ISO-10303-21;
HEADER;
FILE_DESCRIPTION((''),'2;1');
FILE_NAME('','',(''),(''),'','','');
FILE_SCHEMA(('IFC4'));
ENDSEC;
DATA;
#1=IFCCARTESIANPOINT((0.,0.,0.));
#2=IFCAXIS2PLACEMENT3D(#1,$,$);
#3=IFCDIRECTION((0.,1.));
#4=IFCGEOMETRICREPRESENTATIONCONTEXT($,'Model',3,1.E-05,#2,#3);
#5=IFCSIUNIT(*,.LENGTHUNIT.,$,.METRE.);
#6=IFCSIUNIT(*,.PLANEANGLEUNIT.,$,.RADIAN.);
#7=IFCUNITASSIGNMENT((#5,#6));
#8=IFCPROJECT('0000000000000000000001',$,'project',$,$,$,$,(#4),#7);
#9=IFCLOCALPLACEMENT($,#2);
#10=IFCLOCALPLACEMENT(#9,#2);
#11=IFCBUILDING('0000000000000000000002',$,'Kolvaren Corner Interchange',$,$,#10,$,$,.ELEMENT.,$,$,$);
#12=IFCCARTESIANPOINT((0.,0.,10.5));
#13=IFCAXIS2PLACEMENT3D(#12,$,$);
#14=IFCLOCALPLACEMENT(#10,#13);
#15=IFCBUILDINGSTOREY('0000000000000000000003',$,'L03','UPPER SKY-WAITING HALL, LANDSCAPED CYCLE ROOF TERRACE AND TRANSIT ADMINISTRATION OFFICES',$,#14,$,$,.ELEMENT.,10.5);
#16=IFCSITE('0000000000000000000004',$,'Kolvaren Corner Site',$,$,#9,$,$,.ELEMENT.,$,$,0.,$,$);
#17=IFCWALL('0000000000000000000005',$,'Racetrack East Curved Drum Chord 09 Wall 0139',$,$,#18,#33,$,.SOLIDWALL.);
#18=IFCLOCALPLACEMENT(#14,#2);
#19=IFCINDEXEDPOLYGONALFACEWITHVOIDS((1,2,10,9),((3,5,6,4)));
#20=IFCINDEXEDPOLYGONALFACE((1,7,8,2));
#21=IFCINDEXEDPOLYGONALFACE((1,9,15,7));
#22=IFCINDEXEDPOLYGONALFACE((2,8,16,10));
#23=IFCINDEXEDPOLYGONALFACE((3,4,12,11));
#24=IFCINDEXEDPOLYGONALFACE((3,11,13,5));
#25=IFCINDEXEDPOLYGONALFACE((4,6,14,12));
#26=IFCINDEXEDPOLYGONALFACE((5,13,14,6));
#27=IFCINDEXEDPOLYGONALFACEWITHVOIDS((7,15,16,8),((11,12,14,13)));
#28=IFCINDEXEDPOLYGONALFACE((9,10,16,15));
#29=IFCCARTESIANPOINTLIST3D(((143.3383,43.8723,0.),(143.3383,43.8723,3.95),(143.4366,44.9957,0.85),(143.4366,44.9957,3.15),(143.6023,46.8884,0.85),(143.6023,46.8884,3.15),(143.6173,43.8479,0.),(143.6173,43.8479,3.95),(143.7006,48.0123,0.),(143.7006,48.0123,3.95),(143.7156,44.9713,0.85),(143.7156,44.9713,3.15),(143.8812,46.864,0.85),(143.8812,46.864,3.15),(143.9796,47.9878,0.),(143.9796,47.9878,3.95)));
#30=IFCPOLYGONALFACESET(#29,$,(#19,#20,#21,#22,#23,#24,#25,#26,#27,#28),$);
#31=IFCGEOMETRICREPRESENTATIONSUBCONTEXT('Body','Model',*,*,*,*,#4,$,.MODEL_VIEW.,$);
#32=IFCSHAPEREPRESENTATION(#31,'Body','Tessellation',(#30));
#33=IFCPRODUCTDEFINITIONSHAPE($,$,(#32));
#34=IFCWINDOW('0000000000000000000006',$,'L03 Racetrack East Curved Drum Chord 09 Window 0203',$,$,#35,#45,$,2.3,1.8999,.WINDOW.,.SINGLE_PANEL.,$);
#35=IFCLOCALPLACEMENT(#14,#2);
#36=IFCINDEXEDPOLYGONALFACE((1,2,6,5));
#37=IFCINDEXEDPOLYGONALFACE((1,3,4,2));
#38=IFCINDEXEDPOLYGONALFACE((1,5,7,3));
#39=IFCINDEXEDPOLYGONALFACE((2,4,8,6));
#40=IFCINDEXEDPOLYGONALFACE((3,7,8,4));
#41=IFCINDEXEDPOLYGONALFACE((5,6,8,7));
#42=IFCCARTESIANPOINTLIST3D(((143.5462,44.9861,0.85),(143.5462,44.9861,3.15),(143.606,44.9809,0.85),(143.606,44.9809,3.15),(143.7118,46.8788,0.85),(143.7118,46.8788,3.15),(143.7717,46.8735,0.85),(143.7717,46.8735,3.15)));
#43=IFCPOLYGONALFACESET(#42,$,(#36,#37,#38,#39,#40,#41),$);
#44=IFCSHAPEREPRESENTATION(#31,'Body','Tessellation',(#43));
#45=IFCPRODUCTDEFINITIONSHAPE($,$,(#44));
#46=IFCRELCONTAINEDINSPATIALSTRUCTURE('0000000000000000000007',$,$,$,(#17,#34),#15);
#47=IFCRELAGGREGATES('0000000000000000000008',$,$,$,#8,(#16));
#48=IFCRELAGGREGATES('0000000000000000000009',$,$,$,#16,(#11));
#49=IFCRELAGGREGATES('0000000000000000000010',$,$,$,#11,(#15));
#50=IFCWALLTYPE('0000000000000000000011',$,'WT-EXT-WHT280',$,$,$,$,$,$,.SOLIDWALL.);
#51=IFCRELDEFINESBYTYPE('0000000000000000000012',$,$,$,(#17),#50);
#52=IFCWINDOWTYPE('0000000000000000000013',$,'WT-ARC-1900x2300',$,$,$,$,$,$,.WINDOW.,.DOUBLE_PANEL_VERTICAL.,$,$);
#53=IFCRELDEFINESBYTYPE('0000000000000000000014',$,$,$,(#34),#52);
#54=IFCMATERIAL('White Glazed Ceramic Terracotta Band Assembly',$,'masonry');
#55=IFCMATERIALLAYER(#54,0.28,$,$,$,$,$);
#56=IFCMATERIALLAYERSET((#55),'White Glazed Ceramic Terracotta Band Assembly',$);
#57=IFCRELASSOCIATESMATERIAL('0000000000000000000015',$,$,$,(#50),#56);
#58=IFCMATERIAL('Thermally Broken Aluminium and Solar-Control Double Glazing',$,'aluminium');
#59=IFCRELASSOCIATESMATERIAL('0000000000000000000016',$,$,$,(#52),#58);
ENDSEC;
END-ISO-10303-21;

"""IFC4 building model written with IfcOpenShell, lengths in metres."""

from ifc_helpers import new_model, si_unit, direction, frame, frame_2d, origin, place, context, subcontext, project, spatial, rectangle, extrude, material, layer, layer_set, type_object, element, fill, save


model = new_model("IFC4")

# Units and contexts
model_context = context("Model", 3, precision=1e-05, world=origin(), true_north=direction((0.0, 1.0)))
body_context = subcontext(model_context, "Body", "Model", "MODEL_VIEW")
ifc_project = project(units=[si_unit("LENGTHUNIT", "METRE"), si_unit("PLANEANGLEUNIT", "RADIAN")], contexts=[model_context])

# Site, building, storey
site_placement = place(None, origin())
site = spatial("IfcSite", under=ifc_project, at=site_placement, Name="Kolvaren Corner Site", CompositionType="ELEMENT", RefElevation=0.0)
building_placement = place(site_placement, origin())
building = spatial("IfcBuilding", under=site, at=building_placement, Name="Kolvaren Corner Interchange", CompositionType="ELEMENT")
storey_placement = place(building_placement, frame((0.0, 0.0, 10.5)))
storey = spatial("IfcBuildingStorey", under=building, at=storey_placement, Name="L03", Description="UPPER SKY-WAITING HALL, LANDSCAPED CYCLE ROOF TERRACE AND TRANSIT ADMINISTRATION OFFICES", CompositionType="ELEMENT", Elevation=10.5)

# Wall, opening, window
ifc_material_1 = material(Name="White Glazed Ceramic Terracotta Band Assembly", Category="masonry")
ifc_layer_1 = layer(ifc_material_1, 0.28)
ifc_layer_set_1 = layer_set([ifc_layer_1], Name="White Glazed Ceramic Terracotta Band Assembly")
wall_type = type_object("IfcWallType", Name="WT-EXT-WHT280", PredefinedType="SOLIDWALL", material=ifc_layer_set_1)
ifc_material_2 = material(Name="Thermally Broken Aluminium and Solar-Control Double Glazing", Category="aluminium")
window_type = type_object("IfcWindowType", Name="WT-ARC-1900x2300", PartitioningType="DOUBLE_PANEL_VERTICAL", PredefinedType="WINDOW", material=ifc_material_2)
wall_1_placement = place(storey_placement, frame((143.4778, 43.8601, 0.0), z_axis=(0.0, 0.0, 1.0), x_axis=(0.087182, 0.996192, 0.0)))
wall_1 = element("IfcWall", 1, at=wall_1_placement, inside=storey, type_object=wall_type, Name="Racetrack East Curved Drum Chord 09 Wall 0139", PredefinedType="SOLIDWALL", context=body_context, shape_type="SweptSolid", body=[
    extrude(rectangle(XDim=4.1558, YDim=0.28, at=frame_2d((2.0779, 0.0))), origin(), (0.0, 0.0, 1.0), 3.95),
])
opening_1_placement = place(wall_1_placement, frame((1.1277, 0.0, 0.8501)))
opening_1 = element("IfcOpeningElement", 2, at=opening_1_placement, cuts=wall_1, PredefinedType="OPENING", context=body_context, shape_type="SweptSolid", body=[
    extrude(rectangle(XDim=1.8999, YDim=2.3, at=frame_2d((0.95, 1.1499))), frame((0.0, 0.1499, 0.0), z_axis=(0.0, -1.0, 0.0), x_axis=(1.0, 0.0, 0.0)), (0.0, 0.0, 1.0), 0.3),
])
window_1_placement = place(opening_1_placement, origin())
window_1 = element("IfcWindow", 3, at=window_1_placement, inside=storey, type_object=window_type, Name="L03 Racetrack East Curved Drum Chord 09 Window 0203", OverallHeight=2.3, OverallWidth=1.8999, PartitioningType="SINGLE_PANEL", PredefinedType="WINDOW", context=body_context, shape_type="SweptSolid", body=[
    extrude(rectangle(XDim=1.8999, YDim=2.3, at=frame_2d((0.95, 1.1499))), frame((0.0, 0.03, 0.0), z_axis=(0.0, -1.0, 0.0), x_axis=(1.0, 0.0, 0.0)), (0.0, 0.0, 1.0), 0.0601),
])
fill(opening_1, window_1)

save(model, "model.ifc")
